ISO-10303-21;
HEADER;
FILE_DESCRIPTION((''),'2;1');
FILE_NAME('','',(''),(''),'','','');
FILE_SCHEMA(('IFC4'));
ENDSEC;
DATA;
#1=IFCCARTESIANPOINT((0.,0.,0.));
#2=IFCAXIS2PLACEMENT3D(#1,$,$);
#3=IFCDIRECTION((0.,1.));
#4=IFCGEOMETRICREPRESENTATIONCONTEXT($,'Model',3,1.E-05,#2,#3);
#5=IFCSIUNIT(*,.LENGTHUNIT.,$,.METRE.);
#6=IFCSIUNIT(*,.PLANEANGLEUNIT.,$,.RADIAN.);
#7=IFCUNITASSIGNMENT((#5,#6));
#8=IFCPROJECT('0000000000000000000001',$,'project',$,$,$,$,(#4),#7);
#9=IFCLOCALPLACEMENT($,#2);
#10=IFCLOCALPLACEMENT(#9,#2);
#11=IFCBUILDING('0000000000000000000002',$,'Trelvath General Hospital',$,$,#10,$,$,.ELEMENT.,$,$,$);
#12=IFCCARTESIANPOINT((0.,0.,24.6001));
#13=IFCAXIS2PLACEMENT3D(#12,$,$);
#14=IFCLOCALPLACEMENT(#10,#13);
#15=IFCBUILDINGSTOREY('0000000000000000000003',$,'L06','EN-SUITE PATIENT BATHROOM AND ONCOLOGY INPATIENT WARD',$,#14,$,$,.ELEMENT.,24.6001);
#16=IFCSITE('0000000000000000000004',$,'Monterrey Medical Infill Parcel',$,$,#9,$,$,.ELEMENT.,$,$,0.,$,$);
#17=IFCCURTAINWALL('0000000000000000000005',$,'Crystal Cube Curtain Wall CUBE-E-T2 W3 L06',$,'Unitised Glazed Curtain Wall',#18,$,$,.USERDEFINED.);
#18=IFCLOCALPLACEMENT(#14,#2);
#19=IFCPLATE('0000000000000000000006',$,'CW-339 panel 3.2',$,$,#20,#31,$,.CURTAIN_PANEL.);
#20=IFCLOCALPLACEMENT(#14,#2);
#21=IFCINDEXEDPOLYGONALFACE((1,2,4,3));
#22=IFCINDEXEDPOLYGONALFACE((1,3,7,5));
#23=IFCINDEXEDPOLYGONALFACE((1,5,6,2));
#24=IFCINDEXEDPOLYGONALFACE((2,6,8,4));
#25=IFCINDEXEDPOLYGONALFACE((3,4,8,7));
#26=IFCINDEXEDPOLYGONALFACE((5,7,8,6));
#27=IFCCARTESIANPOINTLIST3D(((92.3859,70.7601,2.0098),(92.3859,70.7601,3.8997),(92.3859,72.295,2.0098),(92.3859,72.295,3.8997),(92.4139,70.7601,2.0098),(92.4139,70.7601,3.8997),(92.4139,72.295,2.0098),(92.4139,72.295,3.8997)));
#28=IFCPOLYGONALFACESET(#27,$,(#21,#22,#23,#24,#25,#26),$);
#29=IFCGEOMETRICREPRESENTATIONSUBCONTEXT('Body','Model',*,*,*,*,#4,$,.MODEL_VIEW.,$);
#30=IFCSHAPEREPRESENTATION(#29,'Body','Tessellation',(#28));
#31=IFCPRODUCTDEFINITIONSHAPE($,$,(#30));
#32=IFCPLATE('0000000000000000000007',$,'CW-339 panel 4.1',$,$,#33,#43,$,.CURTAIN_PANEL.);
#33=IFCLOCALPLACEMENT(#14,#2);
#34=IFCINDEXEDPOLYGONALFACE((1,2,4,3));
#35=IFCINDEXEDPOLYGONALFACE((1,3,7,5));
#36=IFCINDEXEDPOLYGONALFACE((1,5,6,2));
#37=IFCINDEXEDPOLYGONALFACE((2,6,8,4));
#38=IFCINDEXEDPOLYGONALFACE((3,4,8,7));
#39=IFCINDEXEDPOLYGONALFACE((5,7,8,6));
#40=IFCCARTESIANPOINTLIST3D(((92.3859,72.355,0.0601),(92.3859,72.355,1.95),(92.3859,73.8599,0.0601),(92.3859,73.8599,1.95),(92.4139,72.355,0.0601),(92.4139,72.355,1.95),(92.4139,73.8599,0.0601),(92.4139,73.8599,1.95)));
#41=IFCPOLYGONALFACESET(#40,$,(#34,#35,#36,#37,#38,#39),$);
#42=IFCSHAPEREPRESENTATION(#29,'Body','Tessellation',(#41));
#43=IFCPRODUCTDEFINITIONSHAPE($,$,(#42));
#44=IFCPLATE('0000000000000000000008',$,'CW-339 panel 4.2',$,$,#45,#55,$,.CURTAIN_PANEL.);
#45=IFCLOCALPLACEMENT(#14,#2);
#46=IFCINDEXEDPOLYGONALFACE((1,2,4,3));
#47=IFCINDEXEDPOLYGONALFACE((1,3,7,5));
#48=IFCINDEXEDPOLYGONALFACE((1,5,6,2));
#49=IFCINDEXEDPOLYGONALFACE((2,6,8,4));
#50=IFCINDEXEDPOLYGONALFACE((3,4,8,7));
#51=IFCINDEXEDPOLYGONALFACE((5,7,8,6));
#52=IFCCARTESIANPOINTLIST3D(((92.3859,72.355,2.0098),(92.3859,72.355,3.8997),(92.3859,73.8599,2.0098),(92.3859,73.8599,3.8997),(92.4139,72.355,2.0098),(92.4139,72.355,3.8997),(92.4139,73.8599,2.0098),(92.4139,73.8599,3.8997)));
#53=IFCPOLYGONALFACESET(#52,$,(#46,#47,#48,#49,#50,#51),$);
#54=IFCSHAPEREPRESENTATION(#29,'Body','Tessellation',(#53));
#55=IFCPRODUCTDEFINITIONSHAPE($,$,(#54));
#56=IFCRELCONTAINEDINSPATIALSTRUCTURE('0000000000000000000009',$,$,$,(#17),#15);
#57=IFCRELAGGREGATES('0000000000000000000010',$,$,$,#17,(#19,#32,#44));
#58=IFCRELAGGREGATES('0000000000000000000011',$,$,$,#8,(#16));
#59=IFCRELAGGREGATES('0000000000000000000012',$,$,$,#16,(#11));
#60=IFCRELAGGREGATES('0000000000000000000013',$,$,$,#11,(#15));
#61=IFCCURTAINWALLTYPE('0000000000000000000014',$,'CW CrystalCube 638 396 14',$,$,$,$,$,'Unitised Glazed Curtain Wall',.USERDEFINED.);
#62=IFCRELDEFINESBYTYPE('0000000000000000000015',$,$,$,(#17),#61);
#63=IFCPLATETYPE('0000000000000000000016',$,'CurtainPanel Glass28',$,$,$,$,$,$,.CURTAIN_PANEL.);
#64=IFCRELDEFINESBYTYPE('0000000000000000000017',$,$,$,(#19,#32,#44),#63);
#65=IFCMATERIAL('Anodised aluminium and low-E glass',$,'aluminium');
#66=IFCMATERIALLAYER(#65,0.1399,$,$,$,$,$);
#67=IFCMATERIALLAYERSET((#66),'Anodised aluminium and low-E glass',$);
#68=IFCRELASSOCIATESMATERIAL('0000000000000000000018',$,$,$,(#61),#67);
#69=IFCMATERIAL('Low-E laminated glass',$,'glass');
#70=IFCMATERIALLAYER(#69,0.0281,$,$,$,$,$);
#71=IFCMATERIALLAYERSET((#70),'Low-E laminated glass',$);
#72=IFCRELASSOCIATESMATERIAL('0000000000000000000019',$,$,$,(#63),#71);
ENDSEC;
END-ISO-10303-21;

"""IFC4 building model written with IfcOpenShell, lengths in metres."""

from ifc_helpers import new_model, si_unit, direction, frame, origin, origin_2d, place, context, subcontext, project, spatial, rectangle, extrude, material, layer, layer_set, type_object, element, aggregate, save


model = new_model("IFC4")

# Units and contexts
model_context = context("Model", 3, precision=1e-05, world=origin(), true_north=direction((0.0, 1.0)))
body_context = subcontext(model_context, "Body", "Model", "MODEL_VIEW")
ifc_project = project(units=[si_unit("LENGTHUNIT", "METRE"), si_unit("PLANEANGLEUNIT", "RADIAN")], contexts=[model_context])

# Site, building, storey
site_placement = place(None, origin())
site = spatial("IfcSite", under=ifc_project, at=site_placement, Name="Monterrey Medical Infill Parcel", CompositionType="ELEMENT", RefElevation=0.0)
building_placement = place(site_placement, origin())
building = spatial("IfcBuilding", under=site, at=building_placement, Name="Trelvath General Hospital", CompositionType="ELEMENT")
storey_placement = place(building_placement, frame((0.0, 0.0, 24.6001)))
storey = spatial("IfcBuildingStorey", under=building, at=storey_placement, Name="L06", Description="EN-SUITE PATIENT BATHROOM AND ONCOLOGY INPATIENT WARD", CompositionType="ELEMENT", Elevation=24.6001)

# Curtain wall
ifc_material_1 = material(Name="Anodised aluminium and low-E glass", Category="aluminium")
ifc_layer_1 = layer(ifc_material_1, 0.1399)
ifc_layer_set_1 = layer_set([ifc_layer_1], Name="Anodised aluminium and low-E glass")
curtain_wall_type_1 = type_object("IfcCurtainWallType", Name="CW CrystalCube 638 396 14", ElementType="Unitised Glazed Curtain Wall", PredefinedType="USERDEFINED", material=ifc_layer_set_1)
curtain_wall_1_placement = place(storey_placement, origin())
curtain_wall_1 = element("IfcCurtainWall", 1, at=curtain_wall_1_placement, inside=storey, type_object=curtain_wall_type_1, Name="Crystal Cube Curtain Wall CUBE-E-T2 W3 L06", ObjectType="Unitised Glazed Curtain Wall", PredefinedType="USERDEFINED")

# Plates
ifc_material_2 = material(Name="Low-E laminated glass", Category="glass")
ifc_layer_2 = layer(ifc_material_2, 0.0281)
ifc_layer_set_2 = layer_set([ifc_layer_2], Name="Low-E laminated glass")
plate_type = type_object("IfcPlateType", Name="CurtainPanel Glass28", PredefinedType="CURTAIN_PANEL", material=ifc_layer_set_2)
plate_1_placement = place(storey_placement, frame((92.3999, 71.5276, 2.0098), z_axis=(0.0, 0.0, 1.0), x_axis=(0.0, 1.0, 0.0)))
plate_1 = element("IfcPlate", 2, at=plate_1_placement, type_object=plate_type, Name="CW-339 panel 3.2", PredefinedType="CURTAIN_PANEL", context=body_context, shape_type="SweptSolid", body=[
    extrude(rectangle(XDim=1.5349, YDim=0.0281, at=origin_2d()), origin(), (0.0, 0.0, 1.0), 1.8899),
])
plate_2_placement = place(storey_placement, frame((92.3999, 73.1074, 0.0601), z_axis=(0.0, 0.0, 1.0), x_axis=(0.0, 1.0, 0.0)))
plate_2 = element("IfcPlate", 3, at=plate_2_placement, type_object=plate_type, Name="CW-339 panel 4.1", PredefinedType="CURTAIN_PANEL", context=body_context, shape_type="SweptSolid", body=[
    extrude(rectangle(XDim=1.5049, YDim=0.0281, at=origin_2d()), origin(), (0.0, 0.0, 1.0), 1.8899),
])
plate_3_placement = place(storey_placement, frame((92.3999, 73.1074, 2.0098), z_axis=(0.0, 0.0, 1.0), x_axis=(0.0, 1.0, 0.0)))
plate_3 = element("IfcPlate", 4, at=plate_3_placement, type_object=plate_type, Name="CW-339 panel 4.2", PredefinedType="CURTAIN_PANEL", context=body_context, shape_type="SweptSolid", body=[
    extrude(rectangle(XDim=1.5049, YDim=0.0281, at=origin_2d()), origin(), (0.0, 0.0, 1.0), 1.8899),
])
aggregate(curtain_wall_1, [plate_1, plate_2, plate_3])

save(model, "model.ifc")
